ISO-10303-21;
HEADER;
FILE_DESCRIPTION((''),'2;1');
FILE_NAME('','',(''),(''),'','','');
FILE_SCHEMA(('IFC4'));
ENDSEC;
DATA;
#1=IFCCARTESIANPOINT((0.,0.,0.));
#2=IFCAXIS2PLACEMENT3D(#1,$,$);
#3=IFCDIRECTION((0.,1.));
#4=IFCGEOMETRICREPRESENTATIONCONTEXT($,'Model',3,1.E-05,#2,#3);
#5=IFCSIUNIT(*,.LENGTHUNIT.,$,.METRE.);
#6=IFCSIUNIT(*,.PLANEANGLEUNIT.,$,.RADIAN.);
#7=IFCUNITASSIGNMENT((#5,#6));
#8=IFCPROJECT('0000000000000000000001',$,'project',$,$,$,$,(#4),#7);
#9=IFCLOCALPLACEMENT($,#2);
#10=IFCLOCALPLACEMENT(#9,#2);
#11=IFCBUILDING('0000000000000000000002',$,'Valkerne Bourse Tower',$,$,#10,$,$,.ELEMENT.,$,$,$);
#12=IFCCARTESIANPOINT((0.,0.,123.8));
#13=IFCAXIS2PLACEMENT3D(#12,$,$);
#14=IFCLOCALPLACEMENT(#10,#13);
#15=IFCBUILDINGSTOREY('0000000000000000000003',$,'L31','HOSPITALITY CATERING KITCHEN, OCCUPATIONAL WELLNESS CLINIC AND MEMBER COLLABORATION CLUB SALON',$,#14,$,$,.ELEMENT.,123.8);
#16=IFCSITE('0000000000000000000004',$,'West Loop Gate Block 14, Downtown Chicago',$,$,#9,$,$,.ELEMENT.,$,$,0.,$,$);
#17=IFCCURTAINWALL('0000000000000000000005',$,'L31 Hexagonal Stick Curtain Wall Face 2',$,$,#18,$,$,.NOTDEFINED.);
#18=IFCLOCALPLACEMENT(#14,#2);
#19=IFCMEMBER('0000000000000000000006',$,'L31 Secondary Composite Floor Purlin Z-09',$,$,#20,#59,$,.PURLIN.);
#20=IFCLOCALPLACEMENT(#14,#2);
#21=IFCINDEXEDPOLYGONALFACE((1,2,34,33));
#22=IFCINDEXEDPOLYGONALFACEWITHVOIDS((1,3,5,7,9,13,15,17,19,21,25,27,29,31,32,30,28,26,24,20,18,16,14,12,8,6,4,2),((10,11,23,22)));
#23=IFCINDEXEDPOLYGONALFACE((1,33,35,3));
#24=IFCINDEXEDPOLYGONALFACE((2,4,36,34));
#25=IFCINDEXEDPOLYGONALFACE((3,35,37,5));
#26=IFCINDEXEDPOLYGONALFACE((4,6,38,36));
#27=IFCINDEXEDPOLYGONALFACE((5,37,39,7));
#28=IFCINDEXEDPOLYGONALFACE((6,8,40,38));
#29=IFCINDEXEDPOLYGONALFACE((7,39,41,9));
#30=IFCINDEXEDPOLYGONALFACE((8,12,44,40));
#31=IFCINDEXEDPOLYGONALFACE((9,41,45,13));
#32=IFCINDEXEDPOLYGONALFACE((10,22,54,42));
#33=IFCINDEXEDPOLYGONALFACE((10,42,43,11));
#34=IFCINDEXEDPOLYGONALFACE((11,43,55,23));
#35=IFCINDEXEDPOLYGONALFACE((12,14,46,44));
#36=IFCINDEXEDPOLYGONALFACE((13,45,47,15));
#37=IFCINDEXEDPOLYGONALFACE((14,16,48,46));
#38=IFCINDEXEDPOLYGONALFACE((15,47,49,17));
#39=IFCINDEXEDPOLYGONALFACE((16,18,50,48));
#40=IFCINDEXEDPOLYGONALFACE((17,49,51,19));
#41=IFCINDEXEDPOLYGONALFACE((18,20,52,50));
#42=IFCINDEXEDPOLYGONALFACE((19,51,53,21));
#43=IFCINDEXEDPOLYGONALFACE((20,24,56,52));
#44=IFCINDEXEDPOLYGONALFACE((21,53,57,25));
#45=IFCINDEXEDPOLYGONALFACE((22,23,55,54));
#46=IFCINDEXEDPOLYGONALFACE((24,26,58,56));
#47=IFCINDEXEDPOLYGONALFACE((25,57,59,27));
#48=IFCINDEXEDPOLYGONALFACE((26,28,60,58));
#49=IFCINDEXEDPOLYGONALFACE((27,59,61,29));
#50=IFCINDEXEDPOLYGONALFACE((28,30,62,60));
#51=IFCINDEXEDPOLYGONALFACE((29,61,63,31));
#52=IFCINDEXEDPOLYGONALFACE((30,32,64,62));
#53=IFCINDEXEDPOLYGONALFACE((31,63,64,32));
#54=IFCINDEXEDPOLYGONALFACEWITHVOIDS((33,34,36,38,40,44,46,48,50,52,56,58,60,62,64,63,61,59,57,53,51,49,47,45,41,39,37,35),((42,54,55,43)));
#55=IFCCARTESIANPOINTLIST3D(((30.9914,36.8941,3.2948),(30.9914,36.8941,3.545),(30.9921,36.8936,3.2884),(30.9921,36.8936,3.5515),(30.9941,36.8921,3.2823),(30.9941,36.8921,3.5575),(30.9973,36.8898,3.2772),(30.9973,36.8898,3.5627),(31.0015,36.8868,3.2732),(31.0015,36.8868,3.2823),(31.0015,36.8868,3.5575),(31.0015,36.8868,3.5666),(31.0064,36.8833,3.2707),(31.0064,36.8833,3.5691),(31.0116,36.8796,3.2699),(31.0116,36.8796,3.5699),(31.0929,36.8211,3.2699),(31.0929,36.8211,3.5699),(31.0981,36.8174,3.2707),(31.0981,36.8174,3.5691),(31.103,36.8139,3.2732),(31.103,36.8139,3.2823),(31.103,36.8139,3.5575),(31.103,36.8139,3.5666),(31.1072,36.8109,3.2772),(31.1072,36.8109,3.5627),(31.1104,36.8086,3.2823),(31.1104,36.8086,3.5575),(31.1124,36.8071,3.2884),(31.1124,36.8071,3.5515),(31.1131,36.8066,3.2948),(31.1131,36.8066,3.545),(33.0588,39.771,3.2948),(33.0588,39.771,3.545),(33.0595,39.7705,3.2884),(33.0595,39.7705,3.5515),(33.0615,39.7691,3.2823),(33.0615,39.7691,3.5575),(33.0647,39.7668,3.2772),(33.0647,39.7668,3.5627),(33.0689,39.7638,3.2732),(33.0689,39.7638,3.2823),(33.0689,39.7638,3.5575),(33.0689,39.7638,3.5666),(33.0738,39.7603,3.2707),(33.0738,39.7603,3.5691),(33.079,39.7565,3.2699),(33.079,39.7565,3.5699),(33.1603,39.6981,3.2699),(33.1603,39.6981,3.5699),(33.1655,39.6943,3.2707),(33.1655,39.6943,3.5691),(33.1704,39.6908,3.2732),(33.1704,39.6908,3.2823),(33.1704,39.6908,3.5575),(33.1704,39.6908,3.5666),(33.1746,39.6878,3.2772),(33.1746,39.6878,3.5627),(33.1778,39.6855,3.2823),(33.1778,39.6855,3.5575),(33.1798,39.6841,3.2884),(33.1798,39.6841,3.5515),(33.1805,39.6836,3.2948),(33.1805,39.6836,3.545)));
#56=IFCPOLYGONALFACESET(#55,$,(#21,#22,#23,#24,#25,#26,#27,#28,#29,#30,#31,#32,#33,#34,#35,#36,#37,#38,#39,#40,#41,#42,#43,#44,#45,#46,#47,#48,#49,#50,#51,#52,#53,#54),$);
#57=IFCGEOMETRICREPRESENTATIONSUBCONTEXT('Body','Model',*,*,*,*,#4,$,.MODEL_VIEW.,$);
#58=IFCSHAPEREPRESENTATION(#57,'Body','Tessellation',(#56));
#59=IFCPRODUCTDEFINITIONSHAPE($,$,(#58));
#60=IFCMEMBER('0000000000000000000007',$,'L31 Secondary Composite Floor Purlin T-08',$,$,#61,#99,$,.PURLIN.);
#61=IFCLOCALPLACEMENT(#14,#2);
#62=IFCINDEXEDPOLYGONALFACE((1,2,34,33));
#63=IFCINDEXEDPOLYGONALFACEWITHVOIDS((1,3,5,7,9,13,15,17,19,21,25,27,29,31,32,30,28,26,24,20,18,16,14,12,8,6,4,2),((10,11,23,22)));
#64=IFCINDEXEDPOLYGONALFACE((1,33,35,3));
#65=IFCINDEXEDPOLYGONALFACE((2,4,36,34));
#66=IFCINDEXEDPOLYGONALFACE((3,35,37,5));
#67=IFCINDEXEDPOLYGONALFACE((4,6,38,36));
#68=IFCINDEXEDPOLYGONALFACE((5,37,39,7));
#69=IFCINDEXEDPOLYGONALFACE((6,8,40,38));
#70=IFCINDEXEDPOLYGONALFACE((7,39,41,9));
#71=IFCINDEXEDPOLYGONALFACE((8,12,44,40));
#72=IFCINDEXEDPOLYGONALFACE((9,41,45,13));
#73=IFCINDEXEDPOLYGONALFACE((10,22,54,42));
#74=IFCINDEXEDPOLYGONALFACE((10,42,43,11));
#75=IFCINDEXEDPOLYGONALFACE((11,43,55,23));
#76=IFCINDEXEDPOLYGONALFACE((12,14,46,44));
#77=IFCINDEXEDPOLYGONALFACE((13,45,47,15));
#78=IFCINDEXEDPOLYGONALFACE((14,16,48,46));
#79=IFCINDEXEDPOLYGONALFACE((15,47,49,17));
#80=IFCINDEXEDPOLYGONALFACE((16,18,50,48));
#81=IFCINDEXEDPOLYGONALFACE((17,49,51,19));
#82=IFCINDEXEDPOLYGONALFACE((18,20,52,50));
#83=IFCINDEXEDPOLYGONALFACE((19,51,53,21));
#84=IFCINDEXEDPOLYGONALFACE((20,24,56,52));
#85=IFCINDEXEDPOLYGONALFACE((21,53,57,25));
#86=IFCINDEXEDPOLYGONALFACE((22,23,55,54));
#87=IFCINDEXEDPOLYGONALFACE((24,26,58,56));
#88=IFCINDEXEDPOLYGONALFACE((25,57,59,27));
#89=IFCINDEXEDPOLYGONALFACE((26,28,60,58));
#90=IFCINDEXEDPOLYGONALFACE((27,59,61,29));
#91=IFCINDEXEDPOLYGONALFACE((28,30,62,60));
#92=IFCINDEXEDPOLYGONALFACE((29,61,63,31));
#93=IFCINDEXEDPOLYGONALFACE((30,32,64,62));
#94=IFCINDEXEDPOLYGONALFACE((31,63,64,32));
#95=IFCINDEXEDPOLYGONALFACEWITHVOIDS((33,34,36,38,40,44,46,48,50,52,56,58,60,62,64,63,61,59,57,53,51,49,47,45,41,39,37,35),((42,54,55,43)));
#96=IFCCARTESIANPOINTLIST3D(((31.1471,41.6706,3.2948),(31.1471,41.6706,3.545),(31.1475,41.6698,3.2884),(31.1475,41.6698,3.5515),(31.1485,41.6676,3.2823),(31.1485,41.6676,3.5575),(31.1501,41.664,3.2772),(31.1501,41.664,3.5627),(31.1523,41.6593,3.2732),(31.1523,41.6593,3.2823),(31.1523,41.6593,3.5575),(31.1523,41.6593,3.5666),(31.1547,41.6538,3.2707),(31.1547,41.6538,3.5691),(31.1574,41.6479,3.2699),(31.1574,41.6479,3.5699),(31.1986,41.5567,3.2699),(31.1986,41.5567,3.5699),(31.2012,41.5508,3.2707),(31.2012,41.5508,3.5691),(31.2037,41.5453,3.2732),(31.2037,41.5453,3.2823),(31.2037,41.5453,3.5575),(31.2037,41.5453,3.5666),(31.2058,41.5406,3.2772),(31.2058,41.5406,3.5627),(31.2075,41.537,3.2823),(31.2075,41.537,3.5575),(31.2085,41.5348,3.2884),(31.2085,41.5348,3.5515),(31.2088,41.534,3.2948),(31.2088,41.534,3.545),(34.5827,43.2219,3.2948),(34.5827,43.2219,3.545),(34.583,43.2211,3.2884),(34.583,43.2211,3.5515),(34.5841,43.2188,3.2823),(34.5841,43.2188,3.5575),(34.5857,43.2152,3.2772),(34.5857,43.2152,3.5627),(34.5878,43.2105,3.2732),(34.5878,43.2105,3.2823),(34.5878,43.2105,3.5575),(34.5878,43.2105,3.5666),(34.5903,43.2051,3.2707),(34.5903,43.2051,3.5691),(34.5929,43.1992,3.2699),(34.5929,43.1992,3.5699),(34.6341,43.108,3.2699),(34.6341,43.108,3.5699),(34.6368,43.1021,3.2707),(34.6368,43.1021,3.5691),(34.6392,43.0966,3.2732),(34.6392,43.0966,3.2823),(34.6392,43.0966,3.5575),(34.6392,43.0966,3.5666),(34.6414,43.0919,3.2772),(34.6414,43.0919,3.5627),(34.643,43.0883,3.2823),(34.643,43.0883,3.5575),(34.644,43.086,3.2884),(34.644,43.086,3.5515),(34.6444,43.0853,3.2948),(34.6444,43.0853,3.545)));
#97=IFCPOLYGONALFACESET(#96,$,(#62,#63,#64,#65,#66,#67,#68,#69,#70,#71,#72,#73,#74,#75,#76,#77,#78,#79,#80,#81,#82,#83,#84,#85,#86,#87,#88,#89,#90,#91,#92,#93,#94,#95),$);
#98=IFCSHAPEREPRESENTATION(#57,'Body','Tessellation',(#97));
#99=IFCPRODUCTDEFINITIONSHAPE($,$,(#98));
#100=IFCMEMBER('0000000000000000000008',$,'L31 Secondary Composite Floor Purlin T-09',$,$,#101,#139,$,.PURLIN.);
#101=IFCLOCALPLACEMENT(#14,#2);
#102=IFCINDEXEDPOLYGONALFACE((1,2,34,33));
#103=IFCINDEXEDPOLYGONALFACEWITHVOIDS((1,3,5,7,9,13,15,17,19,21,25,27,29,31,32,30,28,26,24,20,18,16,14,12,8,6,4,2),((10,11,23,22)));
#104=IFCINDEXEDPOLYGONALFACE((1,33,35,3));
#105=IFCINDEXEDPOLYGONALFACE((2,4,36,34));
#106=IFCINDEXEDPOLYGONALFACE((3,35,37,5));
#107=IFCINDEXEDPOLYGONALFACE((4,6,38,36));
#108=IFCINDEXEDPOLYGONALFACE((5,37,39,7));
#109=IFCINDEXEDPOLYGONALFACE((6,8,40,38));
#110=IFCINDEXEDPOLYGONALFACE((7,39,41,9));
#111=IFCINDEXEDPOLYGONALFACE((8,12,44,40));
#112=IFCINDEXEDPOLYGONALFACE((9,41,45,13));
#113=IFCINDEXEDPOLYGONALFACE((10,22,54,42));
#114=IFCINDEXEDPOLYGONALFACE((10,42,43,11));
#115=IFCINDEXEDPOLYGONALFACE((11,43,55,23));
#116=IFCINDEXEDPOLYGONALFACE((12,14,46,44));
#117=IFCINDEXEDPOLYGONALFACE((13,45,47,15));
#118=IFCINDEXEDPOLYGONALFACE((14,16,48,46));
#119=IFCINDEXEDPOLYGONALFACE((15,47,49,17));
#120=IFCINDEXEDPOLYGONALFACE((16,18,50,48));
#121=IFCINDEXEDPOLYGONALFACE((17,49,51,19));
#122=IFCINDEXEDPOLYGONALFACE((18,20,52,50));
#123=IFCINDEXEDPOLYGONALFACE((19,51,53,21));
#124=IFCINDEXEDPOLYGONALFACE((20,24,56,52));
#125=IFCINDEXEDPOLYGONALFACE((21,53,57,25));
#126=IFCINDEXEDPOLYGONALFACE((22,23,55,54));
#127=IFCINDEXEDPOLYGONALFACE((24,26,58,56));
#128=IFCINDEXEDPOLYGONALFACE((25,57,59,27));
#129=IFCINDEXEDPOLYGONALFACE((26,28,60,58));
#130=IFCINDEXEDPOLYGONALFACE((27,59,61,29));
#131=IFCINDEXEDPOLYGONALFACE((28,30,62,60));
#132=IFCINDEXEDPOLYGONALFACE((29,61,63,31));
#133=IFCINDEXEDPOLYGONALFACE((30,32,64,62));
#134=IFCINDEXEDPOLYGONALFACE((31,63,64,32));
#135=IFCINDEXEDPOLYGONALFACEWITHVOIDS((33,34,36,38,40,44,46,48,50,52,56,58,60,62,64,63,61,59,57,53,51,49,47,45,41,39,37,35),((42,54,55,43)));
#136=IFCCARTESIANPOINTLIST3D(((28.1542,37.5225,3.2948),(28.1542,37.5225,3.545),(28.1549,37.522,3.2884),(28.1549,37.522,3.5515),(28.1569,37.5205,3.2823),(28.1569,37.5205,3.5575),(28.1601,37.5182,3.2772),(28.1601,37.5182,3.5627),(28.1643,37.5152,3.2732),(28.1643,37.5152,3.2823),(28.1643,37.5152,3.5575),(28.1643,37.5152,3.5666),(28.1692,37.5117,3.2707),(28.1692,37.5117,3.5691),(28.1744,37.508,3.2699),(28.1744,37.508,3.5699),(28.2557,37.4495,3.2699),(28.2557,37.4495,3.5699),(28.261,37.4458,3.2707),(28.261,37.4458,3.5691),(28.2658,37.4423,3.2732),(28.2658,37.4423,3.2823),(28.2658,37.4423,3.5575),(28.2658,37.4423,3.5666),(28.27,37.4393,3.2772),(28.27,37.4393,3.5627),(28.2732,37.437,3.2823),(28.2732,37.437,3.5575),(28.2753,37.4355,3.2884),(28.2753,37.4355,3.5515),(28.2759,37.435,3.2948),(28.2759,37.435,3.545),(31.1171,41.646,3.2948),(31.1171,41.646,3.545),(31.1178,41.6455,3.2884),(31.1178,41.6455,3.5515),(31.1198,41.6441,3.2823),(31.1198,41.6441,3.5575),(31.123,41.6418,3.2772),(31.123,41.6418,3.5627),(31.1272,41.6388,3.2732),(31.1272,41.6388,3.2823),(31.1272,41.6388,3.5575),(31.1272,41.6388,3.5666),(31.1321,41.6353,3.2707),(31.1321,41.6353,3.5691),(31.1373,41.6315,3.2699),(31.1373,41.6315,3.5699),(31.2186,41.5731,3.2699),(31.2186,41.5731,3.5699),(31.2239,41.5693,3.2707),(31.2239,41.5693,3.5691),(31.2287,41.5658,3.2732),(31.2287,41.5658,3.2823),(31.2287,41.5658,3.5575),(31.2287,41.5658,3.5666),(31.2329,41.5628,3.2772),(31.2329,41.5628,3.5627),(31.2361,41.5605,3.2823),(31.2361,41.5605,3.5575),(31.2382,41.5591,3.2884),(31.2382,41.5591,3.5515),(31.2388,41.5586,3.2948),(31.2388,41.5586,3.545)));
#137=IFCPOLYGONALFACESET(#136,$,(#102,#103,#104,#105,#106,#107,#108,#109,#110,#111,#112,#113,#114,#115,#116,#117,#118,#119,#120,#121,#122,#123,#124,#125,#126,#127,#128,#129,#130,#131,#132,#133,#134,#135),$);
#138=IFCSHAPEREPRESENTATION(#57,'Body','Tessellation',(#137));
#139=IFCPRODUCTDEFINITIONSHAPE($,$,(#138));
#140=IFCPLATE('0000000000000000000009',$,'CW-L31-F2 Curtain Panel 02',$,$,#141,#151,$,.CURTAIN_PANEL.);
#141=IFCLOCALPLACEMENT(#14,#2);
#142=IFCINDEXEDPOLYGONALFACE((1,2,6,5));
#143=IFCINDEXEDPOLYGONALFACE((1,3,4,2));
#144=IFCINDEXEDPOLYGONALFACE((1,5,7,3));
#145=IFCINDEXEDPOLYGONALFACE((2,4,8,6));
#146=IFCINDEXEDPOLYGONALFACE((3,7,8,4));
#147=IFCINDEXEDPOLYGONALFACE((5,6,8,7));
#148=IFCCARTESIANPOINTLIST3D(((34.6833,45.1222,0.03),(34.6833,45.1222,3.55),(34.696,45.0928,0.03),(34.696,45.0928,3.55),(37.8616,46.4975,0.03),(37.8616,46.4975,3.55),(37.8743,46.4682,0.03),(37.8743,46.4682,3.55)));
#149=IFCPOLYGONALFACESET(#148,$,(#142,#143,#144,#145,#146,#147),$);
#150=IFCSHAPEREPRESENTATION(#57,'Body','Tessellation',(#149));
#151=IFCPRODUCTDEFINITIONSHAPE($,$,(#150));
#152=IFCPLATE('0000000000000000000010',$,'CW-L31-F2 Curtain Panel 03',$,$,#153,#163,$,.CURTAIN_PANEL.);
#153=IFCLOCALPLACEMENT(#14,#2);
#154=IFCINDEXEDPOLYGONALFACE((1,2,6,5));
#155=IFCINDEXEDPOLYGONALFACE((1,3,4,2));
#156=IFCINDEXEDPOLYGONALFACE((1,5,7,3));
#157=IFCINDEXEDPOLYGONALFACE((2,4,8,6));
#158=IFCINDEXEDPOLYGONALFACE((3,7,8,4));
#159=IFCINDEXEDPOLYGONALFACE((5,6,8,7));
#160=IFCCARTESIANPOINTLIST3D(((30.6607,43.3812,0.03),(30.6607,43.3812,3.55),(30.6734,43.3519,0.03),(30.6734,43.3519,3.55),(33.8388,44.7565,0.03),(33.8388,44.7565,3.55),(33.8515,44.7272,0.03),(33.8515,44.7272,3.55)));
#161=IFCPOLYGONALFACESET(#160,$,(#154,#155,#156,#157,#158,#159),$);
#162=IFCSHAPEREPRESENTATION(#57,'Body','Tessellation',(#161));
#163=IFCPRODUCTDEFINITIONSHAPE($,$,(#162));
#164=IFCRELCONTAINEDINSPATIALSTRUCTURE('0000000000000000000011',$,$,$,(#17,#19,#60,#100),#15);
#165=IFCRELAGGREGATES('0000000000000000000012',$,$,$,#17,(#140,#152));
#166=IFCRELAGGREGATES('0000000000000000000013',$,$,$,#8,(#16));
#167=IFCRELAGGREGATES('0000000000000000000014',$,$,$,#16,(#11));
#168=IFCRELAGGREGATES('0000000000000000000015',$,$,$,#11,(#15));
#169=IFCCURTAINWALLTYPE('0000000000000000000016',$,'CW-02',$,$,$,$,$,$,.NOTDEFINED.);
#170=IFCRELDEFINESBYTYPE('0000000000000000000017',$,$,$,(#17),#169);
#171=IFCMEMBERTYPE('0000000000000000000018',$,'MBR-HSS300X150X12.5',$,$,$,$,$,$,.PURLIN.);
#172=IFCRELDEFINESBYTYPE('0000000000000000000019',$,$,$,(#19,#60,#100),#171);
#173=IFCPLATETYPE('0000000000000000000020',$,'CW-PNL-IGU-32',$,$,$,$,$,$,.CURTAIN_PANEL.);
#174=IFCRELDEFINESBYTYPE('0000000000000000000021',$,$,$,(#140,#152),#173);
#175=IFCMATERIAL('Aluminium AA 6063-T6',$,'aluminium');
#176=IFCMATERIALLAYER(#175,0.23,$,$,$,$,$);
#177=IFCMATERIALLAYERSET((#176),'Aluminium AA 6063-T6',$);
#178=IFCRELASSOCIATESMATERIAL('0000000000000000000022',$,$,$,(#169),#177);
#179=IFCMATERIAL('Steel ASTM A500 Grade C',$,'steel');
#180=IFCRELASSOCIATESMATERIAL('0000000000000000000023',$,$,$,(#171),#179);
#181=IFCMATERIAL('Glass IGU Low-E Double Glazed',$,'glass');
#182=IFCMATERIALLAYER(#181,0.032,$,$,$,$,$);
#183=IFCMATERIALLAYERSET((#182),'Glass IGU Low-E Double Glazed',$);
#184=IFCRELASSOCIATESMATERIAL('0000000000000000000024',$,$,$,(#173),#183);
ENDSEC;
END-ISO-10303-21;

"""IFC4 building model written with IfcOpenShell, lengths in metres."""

from ifc_helpers import new_model, si_unit, direction, frame, origin, origin_2d, place, context, subcontext, project, spatial, rectangle, hollow_rectangle, extrude, material, layer, layer_set, material_profile, profile_set, type_object, element, aggregate, save


model = new_model("IFC4")

# Units and contexts
model_context = context("Model", 3, precision=1e-05, world=origin(), true_north=direction((0.0, 1.0)))
body_context = subcontext(model_context, "Body", "Model", "MODEL_VIEW")
ifc_project = project(units=[si_unit("LENGTHUNIT", "METRE"), si_unit("PLANEANGLEUNIT", "RADIAN")], contexts=[model_context])

# Site, building, storey
site_placement = place(None, origin())
site = spatial("IfcSite", under=ifc_project, at=site_placement, Name="West Loop Gate Block 14, Downtown Chicago", CompositionType="ELEMENT", RefElevation=0.0)
building_placement = place(site_placement, origin())
building = spatial("IfcBuilding", under=site, at=building_placement, Name="Valkerne Bourse Tower", CompositionType="ELEMENT")
storey_placement = place(building_placement, frame((0.0, 0.0, 123.8)))
storey = spatial("IfcBuildingStorey", under=building, at=storey_placement, Name="L31", Description="HOSPITALITY CATERING KITCHEN, OCCUPATIONAL WELLNESS CLINIC AND MEMBER COLLABORATION CLUB SALON", CompositionType="ELEMENT", Elevation=123.8)

# Curtain wall
ifc_material_1 = material(Name="Aluminium AA 6063-T6", Category="aluminium")
ifc_layer_1 = layer(ifc_material_1, 0.23)
ifc_layer_set_1 = layer_set([ifc_layer_1], Name="Aluminium AA 6063-T6")
curtain_wall_type = type_object("IfcCurtainWallType", Name="CW-02", PredefinedType="NOTDEFINED", material=ifc_layer_set_1)
curtain_wall_1_placement = place(storey_placement, origin())
curtain_wall_1 = element("IfcCurtainWall", 1, at=curtain_wall_1_placement, inside=storey, type_object=curtain_wall_type, Name="L31 Hexagonal Stick Curtain Wall Face 2", PredefinedType="NOTDEFINED")

# Members
ifc_material_2 = material(Name="Steel ASTM A500 Grade C", Category="steel")
ifc_material_profile_1 = material_profile(ifc_material_2, hollow_rectangle(XDim=0.1499, YDim=0.3, WallThickness=0.0125, OuterFilletRadius=0.0249, at=origin_2d()), Name="HSS300X150X12.5")
ifc_profile_set_1 = profile_set([ifc_material_profile_1], Name="Steel ASTM A500 Grade C")
member_type_1 = type_object("IfcMemberType", Name="MBR-HSS300X150X12.5", PredefinedType="PURLIN", material=ifc_profile_set_1)
member_1_placement = place(storey_placement, frame((33.1196, 39.7273, 3.4199), z_axis=(-0.583557, -0.812073, 0.0), x_axis=(0.812073, -0.583557, 0.0)))
element("IfcMember", 2, at=member_1_placement, inside=storey, type_object=member_type_1, Name="L31 Secondary Composite Floor Purlin Z-09", PredefinedType="PURLIN", context=body_context, shape_type="SweptSolid", body=[
    extrude(hollow_rectangle(XDim=0.1499, YDim=0.3, WallThickness=0.0125, OuterFilletRadius=0.0249, at=origin_2d()), origin(), (0.0, 0.0, 1.0), 3.5427),
])
member_2_placement = place(storey_placement, frame((34.6135, 43.1536, 3.4199), z_axis=(-0.911397, -0.411528, 0.0), x_axis=(0.411528, -0.911397, 0.0)))
element("IfcMember", 3, at=member_2_placement, inside=storey, type_object=member_type_1, Name="L31 Secondary Composite Floor Purlin T-08", PredefinedType="PURLIN", context=body_context, shape_type="SweptSolid", body=[
    extrude(hollow_rectangle(XDim=0.1499, YDim=0.3, WallThickness=0.0125, OuterFilletRadius=0.0249, at=origin_2d()), origin(), (0.0, 0.0, 1.0), 3.7695),
])
member_3_placement = place(storey_placement, frame((31.178, 41.6023, 3.4199), z_axis=(-0.583519, -0.812099, 0.0), x_axis=(0.812099, -0.583519, 0.0)))
element("IfcMember", 4, at=member_3_placement, inside=storey, type_object=member_type_1, Name="L31 Secondary Composite Floor Purlin T-09", PredefinedType="PURLIN", context=body_context, shape_type="SweptSolid", body=[
    extrude(hollow_rectangle(XDim=0.1499, YDim=0.3, WallThickness=0.0125, OuterFilletRadius=0.0249, at=origin_2d()), origin(), (0.0, 0.0, 1.0), 5.0776),
])

# Plates
ifc_material_3 = material(Name="Glass IGU Low-E Double Glazed", Category="glass")
ifc_layer_2 = layer(ifc_material_3, 0.032)
ifc_layer_set_2 = layer_set([ifc_layer_2], Name="Glass IGU Low-E Double Glazed")
plate_type = type_object("IfcPlateType", Name="CW-PNL-IGU-32", PredefinedType="CURTAIN_PANEL", material=ifc_layer_set_2)
plate_1_placement = place(storey_placement, frame((36.2788, 45.7952, 0.03), z_axis=(0.0, 0.0, 1.0), x_axis=(-0.917757, -0.397141, 0.0)))
plate_1 = element("IfcPlate", 5, at=plate_1_placement, type_object=plate_type, Name="CW-L31-F2 Curtain Panel 02", PredefinedType="CURTAIN_PANEL", context=body_context, shape_type="SweptSolid", body=[
    extrude(rectangle(XDim=3.4631, YDim=0.032, at=origin_2d()), origin(), (0.0, 0.0, 1.0), 3.52),
])
plate_2_placement = place(storey_placement, frame((32.2561, 44.0542, 0.03), z_axis=(0.0, 0.0, 1.0), x_axis=(-0.917754, -0.39715, 0.0)))
plate_2 = element("IfcPlate", 6, at=plate_2_placement, type_object=plate_type, Name="CW-L31-F2 Curtain Panel 03", PredefinedType="CURTAIN_PANEL", context=body_context, shape_type="SweptSolid", body=[
    extrude(rectangle(XDim=3.4629, YDim=0.032, at=origin_2d()), origin(), (0.0, 0.0, 1.0), 3.52),
])
aggregate(curtain_wall_1, [plate_1, plate_2])

save(model, "model.ifc")
